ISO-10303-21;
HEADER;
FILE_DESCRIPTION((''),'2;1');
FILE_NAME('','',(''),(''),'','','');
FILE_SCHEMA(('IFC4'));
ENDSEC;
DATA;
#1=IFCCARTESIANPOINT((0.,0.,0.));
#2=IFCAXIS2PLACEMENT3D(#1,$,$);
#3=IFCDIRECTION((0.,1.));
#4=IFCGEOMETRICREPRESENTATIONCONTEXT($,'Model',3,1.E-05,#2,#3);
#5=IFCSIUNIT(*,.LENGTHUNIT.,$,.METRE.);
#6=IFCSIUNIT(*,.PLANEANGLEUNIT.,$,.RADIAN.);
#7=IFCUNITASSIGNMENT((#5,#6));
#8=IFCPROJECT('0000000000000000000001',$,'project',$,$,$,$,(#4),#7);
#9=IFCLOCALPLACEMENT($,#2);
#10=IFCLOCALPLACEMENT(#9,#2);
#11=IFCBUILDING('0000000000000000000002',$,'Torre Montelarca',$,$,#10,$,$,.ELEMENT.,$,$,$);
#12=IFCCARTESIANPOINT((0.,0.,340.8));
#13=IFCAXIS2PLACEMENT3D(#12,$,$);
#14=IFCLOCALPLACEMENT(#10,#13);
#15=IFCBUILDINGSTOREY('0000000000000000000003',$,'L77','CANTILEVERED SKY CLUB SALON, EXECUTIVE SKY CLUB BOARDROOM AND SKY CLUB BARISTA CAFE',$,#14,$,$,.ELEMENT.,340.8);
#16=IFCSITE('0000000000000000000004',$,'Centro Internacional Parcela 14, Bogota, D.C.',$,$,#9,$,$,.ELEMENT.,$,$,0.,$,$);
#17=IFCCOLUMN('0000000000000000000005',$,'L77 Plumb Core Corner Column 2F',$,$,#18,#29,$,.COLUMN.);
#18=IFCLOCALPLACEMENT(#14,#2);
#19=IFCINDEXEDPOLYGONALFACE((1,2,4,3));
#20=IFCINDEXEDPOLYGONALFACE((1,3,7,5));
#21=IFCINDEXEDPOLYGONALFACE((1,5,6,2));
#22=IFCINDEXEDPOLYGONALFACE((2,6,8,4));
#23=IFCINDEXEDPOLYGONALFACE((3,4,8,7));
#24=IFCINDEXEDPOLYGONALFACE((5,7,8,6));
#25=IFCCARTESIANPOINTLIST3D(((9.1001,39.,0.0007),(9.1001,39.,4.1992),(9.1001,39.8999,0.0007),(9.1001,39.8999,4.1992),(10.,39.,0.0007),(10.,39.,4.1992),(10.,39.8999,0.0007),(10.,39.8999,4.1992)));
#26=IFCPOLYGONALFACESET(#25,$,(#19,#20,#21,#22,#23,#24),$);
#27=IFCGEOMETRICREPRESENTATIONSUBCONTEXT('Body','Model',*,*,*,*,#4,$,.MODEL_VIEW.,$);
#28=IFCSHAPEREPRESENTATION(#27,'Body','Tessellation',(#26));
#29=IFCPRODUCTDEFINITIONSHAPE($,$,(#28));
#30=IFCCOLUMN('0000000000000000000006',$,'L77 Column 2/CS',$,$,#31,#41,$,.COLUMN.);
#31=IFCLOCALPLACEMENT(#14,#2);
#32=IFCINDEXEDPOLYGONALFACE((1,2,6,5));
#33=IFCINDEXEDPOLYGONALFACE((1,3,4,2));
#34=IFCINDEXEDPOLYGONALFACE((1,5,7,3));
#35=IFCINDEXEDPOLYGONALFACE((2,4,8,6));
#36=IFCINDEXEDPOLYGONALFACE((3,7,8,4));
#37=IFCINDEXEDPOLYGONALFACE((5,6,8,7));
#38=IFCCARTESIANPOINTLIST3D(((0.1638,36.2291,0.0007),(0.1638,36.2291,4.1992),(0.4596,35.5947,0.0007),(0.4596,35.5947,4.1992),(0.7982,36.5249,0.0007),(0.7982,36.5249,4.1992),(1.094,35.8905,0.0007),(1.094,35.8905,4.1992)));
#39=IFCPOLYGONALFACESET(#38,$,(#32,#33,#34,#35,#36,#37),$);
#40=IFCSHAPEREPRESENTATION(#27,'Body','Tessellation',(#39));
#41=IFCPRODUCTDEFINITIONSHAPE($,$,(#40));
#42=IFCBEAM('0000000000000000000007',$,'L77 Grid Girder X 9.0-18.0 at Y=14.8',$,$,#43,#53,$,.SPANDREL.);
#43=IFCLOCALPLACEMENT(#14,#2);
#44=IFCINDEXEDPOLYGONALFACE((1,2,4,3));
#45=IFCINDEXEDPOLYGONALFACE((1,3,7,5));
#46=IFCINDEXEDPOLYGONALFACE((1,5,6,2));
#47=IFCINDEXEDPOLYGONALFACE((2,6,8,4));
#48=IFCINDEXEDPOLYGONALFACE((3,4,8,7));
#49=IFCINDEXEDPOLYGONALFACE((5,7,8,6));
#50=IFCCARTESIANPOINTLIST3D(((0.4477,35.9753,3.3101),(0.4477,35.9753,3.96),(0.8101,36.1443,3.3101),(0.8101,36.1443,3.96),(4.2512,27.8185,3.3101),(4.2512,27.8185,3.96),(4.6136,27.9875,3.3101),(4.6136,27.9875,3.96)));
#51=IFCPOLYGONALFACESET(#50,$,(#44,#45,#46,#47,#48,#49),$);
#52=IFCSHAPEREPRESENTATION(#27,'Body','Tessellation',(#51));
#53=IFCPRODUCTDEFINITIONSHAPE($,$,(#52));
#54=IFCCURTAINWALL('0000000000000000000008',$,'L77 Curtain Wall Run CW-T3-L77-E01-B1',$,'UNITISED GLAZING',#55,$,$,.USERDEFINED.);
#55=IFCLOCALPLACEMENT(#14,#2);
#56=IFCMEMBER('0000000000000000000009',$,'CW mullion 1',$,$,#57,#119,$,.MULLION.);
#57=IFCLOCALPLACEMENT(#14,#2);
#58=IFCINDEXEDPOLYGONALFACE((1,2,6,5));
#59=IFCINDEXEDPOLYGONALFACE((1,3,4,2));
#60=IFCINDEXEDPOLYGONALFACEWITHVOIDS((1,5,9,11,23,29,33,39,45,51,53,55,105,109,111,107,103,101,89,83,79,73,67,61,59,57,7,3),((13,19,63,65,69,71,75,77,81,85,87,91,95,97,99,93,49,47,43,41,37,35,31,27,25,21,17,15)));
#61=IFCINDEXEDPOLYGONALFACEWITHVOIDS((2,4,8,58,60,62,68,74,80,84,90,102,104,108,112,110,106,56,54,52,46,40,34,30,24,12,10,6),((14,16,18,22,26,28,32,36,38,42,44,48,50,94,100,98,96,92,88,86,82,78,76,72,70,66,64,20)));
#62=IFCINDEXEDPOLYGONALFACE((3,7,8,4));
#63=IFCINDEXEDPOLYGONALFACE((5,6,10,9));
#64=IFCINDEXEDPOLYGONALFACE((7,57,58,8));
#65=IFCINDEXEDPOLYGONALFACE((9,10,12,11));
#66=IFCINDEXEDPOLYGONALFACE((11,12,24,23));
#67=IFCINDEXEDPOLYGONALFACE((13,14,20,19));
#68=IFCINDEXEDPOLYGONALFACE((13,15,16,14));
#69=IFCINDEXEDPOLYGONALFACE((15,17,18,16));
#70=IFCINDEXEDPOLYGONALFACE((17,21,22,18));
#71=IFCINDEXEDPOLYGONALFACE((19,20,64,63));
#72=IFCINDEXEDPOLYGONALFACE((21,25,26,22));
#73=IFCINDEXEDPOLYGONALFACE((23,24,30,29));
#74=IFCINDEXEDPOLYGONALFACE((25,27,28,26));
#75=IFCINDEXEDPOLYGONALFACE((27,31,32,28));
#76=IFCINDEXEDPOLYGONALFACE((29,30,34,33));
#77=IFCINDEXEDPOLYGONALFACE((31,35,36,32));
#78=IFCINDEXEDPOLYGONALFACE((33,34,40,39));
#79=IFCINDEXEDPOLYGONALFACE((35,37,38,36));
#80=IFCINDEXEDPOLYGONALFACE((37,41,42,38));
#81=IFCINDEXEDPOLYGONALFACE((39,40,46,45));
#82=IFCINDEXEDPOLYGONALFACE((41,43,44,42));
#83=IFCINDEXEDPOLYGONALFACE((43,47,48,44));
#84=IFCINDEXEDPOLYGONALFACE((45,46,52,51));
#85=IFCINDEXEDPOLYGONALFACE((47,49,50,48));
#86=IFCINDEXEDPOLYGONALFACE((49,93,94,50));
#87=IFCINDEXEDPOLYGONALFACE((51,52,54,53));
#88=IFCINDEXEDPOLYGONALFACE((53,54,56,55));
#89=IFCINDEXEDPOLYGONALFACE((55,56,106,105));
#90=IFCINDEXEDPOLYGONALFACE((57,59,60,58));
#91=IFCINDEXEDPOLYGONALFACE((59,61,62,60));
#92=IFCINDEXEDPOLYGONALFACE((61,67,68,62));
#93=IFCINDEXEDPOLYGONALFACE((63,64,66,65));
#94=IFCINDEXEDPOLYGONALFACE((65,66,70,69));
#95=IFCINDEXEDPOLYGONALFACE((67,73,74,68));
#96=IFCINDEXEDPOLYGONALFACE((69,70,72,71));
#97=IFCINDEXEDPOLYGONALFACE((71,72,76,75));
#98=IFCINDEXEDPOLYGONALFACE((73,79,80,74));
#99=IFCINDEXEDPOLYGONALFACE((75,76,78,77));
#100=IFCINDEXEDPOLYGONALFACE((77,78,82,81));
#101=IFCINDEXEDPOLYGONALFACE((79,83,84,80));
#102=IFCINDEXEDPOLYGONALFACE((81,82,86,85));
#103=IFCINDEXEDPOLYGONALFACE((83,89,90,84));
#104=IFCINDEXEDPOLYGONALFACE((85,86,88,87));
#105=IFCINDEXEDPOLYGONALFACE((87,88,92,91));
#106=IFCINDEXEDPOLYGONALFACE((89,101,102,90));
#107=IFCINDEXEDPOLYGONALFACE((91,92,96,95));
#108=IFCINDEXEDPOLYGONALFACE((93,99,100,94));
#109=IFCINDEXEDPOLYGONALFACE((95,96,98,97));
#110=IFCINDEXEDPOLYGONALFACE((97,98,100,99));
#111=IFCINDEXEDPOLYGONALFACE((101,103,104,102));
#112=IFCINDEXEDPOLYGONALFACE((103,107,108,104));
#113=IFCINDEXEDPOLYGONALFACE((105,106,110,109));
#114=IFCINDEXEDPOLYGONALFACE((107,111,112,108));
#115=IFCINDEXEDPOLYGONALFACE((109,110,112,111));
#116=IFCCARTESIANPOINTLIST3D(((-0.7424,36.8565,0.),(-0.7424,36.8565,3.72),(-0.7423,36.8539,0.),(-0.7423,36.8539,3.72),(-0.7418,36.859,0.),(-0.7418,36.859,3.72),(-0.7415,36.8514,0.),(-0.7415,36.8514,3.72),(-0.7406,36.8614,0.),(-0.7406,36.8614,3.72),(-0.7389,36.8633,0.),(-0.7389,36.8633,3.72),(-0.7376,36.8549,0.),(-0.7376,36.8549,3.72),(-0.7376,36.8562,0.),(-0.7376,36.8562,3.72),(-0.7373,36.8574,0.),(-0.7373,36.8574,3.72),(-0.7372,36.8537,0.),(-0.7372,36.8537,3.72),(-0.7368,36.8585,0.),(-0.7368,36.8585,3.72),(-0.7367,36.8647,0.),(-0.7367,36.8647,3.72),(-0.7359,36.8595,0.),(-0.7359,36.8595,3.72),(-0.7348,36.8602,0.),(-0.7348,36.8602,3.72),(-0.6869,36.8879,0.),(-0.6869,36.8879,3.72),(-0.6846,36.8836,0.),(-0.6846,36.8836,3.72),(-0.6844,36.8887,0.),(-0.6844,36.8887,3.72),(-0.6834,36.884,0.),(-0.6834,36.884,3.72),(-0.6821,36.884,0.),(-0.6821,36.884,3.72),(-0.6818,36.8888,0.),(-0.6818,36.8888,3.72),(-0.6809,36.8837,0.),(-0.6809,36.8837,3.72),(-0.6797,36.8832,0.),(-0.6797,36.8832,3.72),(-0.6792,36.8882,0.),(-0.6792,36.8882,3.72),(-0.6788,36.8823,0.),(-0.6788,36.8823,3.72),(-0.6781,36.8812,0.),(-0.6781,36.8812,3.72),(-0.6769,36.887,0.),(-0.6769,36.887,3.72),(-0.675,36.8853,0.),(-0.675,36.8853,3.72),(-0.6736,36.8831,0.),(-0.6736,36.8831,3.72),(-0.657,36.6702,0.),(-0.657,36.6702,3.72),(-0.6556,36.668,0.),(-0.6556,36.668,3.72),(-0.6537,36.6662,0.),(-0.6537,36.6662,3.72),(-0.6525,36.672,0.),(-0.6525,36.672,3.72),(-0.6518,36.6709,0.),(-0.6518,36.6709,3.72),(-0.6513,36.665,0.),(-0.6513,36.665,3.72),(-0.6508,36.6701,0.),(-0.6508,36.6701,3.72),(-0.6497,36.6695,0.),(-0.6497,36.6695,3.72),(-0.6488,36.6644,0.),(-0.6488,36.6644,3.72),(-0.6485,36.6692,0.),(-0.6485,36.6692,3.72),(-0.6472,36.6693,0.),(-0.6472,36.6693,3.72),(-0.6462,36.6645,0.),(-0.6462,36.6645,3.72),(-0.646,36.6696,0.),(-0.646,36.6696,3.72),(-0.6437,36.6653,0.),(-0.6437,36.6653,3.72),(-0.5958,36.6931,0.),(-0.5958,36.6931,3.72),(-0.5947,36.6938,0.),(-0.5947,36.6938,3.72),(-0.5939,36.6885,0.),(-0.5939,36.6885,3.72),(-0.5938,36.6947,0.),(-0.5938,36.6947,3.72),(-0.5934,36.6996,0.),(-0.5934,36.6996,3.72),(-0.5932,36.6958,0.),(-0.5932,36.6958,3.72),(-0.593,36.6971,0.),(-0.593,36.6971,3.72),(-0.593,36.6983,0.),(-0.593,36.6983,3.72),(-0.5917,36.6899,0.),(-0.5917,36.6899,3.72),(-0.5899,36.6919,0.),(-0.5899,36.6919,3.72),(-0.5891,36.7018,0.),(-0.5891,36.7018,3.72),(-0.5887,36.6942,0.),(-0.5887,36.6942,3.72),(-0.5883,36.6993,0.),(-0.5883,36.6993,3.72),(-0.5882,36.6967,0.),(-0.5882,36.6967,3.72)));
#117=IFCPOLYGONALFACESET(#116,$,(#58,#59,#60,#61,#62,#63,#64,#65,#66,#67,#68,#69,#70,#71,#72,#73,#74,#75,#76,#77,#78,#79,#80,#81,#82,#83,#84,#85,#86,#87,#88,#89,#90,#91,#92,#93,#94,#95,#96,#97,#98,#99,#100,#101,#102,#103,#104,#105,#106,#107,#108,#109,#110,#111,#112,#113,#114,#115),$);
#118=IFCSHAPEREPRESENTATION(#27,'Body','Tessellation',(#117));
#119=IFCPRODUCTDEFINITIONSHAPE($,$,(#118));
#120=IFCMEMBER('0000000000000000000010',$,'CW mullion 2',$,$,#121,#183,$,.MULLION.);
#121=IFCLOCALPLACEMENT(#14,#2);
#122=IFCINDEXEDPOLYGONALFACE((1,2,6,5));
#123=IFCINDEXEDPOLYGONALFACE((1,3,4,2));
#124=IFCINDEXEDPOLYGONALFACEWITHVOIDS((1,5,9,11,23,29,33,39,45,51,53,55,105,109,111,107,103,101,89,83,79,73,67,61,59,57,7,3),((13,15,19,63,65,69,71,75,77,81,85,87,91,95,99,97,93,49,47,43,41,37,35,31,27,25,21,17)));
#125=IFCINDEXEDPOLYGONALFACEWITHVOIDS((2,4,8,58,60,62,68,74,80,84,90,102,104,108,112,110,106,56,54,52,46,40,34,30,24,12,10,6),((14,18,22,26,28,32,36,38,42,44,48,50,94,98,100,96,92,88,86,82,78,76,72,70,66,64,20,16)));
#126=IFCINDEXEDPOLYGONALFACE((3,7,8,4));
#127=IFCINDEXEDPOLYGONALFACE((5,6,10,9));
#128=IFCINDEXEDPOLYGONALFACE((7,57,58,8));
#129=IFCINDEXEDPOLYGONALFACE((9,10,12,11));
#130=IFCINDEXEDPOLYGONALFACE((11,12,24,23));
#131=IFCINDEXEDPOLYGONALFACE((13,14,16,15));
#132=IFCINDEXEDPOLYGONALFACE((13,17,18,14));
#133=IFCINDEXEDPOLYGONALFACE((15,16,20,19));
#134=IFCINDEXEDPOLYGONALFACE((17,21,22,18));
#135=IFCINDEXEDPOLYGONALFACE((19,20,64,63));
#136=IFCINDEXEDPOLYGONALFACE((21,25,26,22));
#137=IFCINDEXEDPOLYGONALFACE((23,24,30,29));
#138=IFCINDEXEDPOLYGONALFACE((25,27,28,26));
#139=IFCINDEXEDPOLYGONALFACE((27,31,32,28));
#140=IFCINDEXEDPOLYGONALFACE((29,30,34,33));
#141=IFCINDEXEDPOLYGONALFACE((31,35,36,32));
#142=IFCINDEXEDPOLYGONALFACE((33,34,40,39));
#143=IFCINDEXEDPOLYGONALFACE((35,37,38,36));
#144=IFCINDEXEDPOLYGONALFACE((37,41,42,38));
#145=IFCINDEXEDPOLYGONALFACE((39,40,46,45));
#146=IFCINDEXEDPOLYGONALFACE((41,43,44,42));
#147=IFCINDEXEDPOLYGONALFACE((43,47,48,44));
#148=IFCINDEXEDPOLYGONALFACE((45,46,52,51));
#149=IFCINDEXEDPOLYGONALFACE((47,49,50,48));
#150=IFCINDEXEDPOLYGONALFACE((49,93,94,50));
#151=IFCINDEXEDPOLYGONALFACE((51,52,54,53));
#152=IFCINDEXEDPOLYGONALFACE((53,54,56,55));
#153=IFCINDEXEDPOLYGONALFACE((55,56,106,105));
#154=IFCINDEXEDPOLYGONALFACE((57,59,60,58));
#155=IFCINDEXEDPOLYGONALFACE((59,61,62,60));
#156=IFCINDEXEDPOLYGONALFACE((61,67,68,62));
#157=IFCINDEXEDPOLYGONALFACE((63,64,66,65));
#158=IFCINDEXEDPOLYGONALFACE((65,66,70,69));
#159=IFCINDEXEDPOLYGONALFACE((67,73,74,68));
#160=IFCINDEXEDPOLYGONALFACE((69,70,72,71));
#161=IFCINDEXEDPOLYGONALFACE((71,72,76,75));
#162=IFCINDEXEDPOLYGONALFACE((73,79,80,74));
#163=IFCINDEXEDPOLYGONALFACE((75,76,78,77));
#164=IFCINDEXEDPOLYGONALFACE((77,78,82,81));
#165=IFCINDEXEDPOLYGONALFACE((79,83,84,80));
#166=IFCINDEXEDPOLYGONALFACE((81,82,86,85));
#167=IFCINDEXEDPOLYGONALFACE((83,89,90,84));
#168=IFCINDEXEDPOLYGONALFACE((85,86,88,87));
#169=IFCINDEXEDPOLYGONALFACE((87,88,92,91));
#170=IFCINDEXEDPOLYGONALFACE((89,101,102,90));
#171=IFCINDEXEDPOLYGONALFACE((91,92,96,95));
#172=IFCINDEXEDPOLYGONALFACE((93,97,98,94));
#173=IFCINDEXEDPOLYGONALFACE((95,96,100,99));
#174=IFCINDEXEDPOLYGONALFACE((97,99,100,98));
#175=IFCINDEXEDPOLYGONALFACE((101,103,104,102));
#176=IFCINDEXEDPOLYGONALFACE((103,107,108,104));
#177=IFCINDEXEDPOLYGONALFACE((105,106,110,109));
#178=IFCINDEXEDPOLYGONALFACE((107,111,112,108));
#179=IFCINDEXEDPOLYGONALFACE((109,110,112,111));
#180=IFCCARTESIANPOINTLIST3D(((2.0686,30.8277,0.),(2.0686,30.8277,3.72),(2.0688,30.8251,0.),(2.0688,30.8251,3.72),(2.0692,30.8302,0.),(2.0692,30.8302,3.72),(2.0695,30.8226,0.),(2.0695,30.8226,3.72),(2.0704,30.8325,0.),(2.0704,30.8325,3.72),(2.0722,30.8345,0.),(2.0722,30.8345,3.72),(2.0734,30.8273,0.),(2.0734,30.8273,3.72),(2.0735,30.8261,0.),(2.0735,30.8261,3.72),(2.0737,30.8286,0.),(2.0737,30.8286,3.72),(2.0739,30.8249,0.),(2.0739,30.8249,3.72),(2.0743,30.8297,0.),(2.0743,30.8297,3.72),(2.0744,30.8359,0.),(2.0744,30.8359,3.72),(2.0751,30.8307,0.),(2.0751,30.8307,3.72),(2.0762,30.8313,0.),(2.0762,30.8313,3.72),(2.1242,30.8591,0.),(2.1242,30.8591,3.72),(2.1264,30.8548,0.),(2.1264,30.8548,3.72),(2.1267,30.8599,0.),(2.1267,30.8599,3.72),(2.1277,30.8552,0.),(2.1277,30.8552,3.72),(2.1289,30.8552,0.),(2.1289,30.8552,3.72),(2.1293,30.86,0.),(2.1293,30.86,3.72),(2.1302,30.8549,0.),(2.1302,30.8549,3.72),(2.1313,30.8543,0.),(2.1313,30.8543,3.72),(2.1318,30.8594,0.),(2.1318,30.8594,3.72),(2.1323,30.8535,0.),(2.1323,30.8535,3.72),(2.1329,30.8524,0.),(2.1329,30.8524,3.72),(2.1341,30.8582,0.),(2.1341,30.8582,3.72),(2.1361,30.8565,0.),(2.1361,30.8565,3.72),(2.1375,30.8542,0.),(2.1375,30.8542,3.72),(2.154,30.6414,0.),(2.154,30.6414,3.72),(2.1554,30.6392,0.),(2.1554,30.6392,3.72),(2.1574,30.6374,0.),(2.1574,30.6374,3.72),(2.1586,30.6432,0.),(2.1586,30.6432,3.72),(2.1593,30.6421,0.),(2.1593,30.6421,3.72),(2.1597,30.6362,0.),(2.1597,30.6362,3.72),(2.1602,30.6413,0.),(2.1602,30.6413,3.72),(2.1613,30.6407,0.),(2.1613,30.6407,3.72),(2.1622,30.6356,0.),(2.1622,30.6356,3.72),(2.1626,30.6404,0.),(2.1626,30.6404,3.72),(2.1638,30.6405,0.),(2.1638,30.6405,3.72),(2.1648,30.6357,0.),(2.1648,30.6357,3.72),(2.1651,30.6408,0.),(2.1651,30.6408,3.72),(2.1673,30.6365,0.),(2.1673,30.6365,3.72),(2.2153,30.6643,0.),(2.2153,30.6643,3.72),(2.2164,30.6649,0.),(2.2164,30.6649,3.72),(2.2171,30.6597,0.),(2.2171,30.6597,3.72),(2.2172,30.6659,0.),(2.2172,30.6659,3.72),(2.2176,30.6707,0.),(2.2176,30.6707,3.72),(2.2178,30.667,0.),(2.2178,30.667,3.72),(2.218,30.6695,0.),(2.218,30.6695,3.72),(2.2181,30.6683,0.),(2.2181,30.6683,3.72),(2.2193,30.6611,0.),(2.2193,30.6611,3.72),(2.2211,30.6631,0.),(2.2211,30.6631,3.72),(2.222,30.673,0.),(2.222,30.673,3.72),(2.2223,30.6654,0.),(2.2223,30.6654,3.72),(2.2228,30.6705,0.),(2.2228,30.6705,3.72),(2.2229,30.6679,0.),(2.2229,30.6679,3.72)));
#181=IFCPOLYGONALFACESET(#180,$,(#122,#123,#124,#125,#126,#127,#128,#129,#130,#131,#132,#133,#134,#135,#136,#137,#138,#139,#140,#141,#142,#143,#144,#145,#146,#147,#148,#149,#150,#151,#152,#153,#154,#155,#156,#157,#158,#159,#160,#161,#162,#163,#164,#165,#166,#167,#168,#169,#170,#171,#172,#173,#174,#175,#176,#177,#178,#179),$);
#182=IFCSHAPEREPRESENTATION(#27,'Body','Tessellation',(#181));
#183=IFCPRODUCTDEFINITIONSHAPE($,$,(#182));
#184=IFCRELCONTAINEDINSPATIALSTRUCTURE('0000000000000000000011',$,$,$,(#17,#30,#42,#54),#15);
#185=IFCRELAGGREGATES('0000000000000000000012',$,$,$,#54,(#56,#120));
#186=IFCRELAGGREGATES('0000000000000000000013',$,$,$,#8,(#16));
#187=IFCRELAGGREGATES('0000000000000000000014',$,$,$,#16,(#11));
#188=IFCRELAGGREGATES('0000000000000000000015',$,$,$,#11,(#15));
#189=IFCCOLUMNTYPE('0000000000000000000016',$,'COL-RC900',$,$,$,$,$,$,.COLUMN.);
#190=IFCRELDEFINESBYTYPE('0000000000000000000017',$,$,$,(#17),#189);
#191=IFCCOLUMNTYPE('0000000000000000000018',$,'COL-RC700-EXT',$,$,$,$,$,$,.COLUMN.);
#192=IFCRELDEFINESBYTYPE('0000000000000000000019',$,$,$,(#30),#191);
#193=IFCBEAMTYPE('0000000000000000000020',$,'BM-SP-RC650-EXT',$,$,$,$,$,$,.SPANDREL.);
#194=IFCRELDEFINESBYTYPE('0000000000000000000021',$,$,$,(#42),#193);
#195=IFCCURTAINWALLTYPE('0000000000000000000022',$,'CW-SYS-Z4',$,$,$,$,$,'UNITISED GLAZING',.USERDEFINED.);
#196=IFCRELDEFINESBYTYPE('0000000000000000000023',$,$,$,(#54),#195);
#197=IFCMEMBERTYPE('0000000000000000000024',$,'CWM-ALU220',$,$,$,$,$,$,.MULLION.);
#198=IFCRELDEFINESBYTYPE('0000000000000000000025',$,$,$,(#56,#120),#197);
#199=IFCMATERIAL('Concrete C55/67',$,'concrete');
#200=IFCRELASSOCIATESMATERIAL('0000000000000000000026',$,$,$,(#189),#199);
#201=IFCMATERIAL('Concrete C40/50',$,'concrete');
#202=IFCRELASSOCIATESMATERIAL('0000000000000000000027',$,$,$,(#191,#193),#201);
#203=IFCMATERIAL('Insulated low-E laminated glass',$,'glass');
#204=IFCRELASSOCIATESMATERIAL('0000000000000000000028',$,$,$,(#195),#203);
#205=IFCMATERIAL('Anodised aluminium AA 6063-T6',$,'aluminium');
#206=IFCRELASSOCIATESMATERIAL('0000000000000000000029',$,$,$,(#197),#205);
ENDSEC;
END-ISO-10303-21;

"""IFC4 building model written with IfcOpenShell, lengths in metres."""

from ifc_helpers import new_model, si_unit, direction, frame, origin, origin_2d, place, context, subcontext, project, spatial, rectangle, hollow_rectangle, extrude, source, transform, mapped, material, material_profile, profile_set, type_object, element, aggregate, save


model = new_model("IFC4")

# Units and contexts
model_context = context("Model", 3, precision=1e-05, world=origin(), true_north=direction((0.0, 1.0)))
body_context = subcontext(model_context, "Body", "Model", "MODEL_VIEW")
ifc_project = project(units=[si_unit("LENGTHUNIT", "METRE"), si_unit("PLANEANGLEUNIT", "RADIAN")], contexts=[model_context])

# Site, building, storey
site_placement = place(None, origin())
site = spatial("IfcSite", under=ifc_project, at=site_placement, Name="Centro Internacional Parcela 14, Bogota, D.C.", CompositionType="ELEMENT", RefElevation=0.0)
building_placement = place(site_placement, origin())
building = spatial("IfcBuilding", under=site, at=building_placement, Name="Torre Montelarca", CompositionType="ELEMENT")
storey_placement = place(building_placement, frame((0.0, 0.0, 340.8)))
storey = spatial("IfcBuildingStorey", under=building, at=storey_placement, Name="L77", Description="CANTILEVERED SKY CLUB SALON, EXECUTIVE SKY CLUB BOARDROOM AND SKY CLUB BARISTA CAFE", CompositionType="ELEMENT", Elevation=340.8)

# Columns
ifc_material_1 = material(Name="Concrete C55/67", Category="concrete")
ifc_material_profile_1 = material_profile(ifc_material_1, rectangle(XDim=0.8999, YDim=0.8999, at=origin_2d()), Name="RC900X900", Category="concrete")
ifc_profile_set_1 = profile_set([ifc_material_profile_1], Name="Concrete C55/67")
column_type_1 = type_object("IfcColumnType", Name="COL-RC900", PredefinedType="COLUMN", material=ifc_profile_set_1)
shared_shape_1 = source(origin(), body_context, "Body", "SweptSolid", [
    extrude(rectangle(XDim=0.8999, YDim=0.8999, at=origin_2d()), origin(), (0.0, 0.0, 1.0), 4.1985),
])
column_1_placement = place(storey_placement, frame((9.55, 39.45, 0.0007), z_axis=(0.0, 0.0, 1.0), x_axis=(1.0, 0.0, 0.0)))
element("IfcColumn", 1, at=column_1_placement, inside=storey, type_object=column_type_1, Name="L77 Plumb Core Corner Column 2F", PredefinedType="COLUMN", context=body_context, shape_type="MappedRepresentation", body=[
    mapped(shared_shape_1, transform((0.0, 0.0, 0.0), scale=1.0)),
])
ifc_material_2 = material(Name="Concrete C40/50", Category="concrete")
ifc_material_profile_2 = material_profile(ifc_material_2, rectangle(XDim=0.7, YDim=0.7, at=origin_2d()), Name="RC700X700", Category="concrete")
ifc_profile_set_2 = profile_set([ifc_material_profile_2], Name="Concrete C40/50")
column_type_2 = type_object("IfcColumnType", Name="COL-RC700-EXT", PredefinedType="COLUMN", material=ifc_profile_set_2)
shared_shape_2 = source(origin(), body_context, "Body", "SweptSolid", [
    extrude(rectangle(XDim=0.7, YDim=0.7, at=origin_2d()), origin(), (0.0, 0.0, 1.0), 4.1985),
])
column_2_placement = place(storey_placement, frame((0.6289, 36.0598, 0.0007), z_axis=(0.0, 0.0, 1.0), x_axis=(-0.422618, 0.906308, 0.0)))
element("IfcColumn", 2, at=column_2_placement, inside=storey, type_object=column_type_2, Name="L77 Column 2/CS", PredefinedType="COLUMN", context=body_context, shape_type="MappedRepresentation", body=[
    mapped(shared_shape_2, transform((0.0, 0.0, 0.0), scale=1.0)),
])

# Beam
ifc_material_profile_3 = material_profile(ifc_material_2, rectangle(XDim=0.3999, YDim=0.6499, at=origin_2d()), Name="RCB400X650", Category="concrete")
ifc_profile_set_3 = profile_set([ifc_material_profile_3], Name="Concrete C40/50")
beam_type = type_object("IfcBeamType", Name="BM-SP-RC650-EXT", PredefinedType="SPANDREL", material=ifc_profile_set_3)
shared_shape_3 = source(origin(), body_context, "Body", "SweptSolid", [
    extrude(rectangle(XDim=0.3999, YDim=0.6499, at=origin_2d()), origin(), (0.0, 0.0, 1.0), 9.0),
])
beam_placement = place(storey_placement, frame((0.6289, 36.0598, 3.635), z_axis=(0.422611, -0.906311, 0.0), x_axis=(0.906311, 0.422611, 0.0)))
element("IfcBeam", 3, at=beam_placement, inside=storey, type_object=beam_type, Name="L77 Grid Girder X 9.0-18.0 at Y=14.8", PredefinedType="SPANDREL", context=body_context, shape_type="MappedRepresentation", body=[
    mapped(shared_shape_3, transform((0.0, 0.0, 0.0), scale=1.0)),
])

# Curtain wall, members
ifc_material_3 = material(Name="Insulated low-E laminated glass", Category="glass")
curtain_wall_type = type_object("IfcCurtainWallType", Name="CW-SYS-Z4", ElementType="UNITISED GLAZING", PredefinedType="USERDEFINED", material=ifc_material_3)
curtain_wall_1_placement = place(storey_placement, origin())
curtain_wall_1 = element("IfcCurtainWall", 4, at=curtain_wall_1_placement, inside=storey, type_object=curtain_wall_type, Name="L77 Curtain Wall Run CW-T3-L77-E01-B1", ObjectType="UNITISED GLAZING", PredefinedType="USERDEFINED")
ifc_material_4 = material(Name="Anodised aluminium AA 6063-T6", Category="aluminium")
ifc_material_profile_4 = material_profile(ifc_material_4, hollow_rectangle(XDim=0.075, YDim=0.22, WallThickness=0.0049, InnerFilletRadius=0.0049, OuterFilletRadius=0.01, at=origin_2d()), Name="ALU75X220X5", Category="aluminium")
ifc_profile_set_4 = profile_set([ifc_material_profile_4], Name="Anodised aluminium AA 6063-T6")
member_type_1 = type_object("IfcMemberType", Name="CWM-ALU220", PredefinedType="MULLION", material=ifc_profile_set_4)
shared_shape_4 = source(origin(), body_context, "Body", "SweptSolid", [
    extrude(hollow_rectangle(XDim=0.075, YDim=0.22, WallThickness=0.0049, InnerFilletRadius=0.0049, OuterFilletRadius=0.01, at=origin_2d()), origin(), (0.0, 0.0, 1.0), 3.72),
])
member_1_placement = place(storey_placement, frame((-0.6653, 36.7766, 0.0), z_axis=(0.0, 0.0, 1.0), x_axis=(0.906311, 0.422612, 0.0)))
member_1 = element("IfcMember", 5, at=member_1_placement, type_object=member_type_1, Name="CW mullion 1", PredefinedType="MULLION", context=body_context, shape_type="MappedRepresentation", body=[
    mapped(shared_shape_4, transform((0.0, 0.0, 0.0), scale=1.0)),
])
member_2_placement = place(storey_placement, frame((2.1458, 30.7478, 0.0), z_axis=(0.0, 0.0, 1.0), x_axis=(0.906311, 0.422612, 0.0)))
member_2 = element("IfcMember", 6, at=member_2_placement, type_object=member_type_1, Name="CW mullion 2", PredefinedType="MULLION", context=body_context, shape_type="MappedRepresentation", body=[
    mapped(shared_shape_4, transform((0.0, 0.0, 0.0), scale=1.0)),
])

aggregate(curtain_wall_1, [member_1, member_2])

save(model, "model.ifc")
